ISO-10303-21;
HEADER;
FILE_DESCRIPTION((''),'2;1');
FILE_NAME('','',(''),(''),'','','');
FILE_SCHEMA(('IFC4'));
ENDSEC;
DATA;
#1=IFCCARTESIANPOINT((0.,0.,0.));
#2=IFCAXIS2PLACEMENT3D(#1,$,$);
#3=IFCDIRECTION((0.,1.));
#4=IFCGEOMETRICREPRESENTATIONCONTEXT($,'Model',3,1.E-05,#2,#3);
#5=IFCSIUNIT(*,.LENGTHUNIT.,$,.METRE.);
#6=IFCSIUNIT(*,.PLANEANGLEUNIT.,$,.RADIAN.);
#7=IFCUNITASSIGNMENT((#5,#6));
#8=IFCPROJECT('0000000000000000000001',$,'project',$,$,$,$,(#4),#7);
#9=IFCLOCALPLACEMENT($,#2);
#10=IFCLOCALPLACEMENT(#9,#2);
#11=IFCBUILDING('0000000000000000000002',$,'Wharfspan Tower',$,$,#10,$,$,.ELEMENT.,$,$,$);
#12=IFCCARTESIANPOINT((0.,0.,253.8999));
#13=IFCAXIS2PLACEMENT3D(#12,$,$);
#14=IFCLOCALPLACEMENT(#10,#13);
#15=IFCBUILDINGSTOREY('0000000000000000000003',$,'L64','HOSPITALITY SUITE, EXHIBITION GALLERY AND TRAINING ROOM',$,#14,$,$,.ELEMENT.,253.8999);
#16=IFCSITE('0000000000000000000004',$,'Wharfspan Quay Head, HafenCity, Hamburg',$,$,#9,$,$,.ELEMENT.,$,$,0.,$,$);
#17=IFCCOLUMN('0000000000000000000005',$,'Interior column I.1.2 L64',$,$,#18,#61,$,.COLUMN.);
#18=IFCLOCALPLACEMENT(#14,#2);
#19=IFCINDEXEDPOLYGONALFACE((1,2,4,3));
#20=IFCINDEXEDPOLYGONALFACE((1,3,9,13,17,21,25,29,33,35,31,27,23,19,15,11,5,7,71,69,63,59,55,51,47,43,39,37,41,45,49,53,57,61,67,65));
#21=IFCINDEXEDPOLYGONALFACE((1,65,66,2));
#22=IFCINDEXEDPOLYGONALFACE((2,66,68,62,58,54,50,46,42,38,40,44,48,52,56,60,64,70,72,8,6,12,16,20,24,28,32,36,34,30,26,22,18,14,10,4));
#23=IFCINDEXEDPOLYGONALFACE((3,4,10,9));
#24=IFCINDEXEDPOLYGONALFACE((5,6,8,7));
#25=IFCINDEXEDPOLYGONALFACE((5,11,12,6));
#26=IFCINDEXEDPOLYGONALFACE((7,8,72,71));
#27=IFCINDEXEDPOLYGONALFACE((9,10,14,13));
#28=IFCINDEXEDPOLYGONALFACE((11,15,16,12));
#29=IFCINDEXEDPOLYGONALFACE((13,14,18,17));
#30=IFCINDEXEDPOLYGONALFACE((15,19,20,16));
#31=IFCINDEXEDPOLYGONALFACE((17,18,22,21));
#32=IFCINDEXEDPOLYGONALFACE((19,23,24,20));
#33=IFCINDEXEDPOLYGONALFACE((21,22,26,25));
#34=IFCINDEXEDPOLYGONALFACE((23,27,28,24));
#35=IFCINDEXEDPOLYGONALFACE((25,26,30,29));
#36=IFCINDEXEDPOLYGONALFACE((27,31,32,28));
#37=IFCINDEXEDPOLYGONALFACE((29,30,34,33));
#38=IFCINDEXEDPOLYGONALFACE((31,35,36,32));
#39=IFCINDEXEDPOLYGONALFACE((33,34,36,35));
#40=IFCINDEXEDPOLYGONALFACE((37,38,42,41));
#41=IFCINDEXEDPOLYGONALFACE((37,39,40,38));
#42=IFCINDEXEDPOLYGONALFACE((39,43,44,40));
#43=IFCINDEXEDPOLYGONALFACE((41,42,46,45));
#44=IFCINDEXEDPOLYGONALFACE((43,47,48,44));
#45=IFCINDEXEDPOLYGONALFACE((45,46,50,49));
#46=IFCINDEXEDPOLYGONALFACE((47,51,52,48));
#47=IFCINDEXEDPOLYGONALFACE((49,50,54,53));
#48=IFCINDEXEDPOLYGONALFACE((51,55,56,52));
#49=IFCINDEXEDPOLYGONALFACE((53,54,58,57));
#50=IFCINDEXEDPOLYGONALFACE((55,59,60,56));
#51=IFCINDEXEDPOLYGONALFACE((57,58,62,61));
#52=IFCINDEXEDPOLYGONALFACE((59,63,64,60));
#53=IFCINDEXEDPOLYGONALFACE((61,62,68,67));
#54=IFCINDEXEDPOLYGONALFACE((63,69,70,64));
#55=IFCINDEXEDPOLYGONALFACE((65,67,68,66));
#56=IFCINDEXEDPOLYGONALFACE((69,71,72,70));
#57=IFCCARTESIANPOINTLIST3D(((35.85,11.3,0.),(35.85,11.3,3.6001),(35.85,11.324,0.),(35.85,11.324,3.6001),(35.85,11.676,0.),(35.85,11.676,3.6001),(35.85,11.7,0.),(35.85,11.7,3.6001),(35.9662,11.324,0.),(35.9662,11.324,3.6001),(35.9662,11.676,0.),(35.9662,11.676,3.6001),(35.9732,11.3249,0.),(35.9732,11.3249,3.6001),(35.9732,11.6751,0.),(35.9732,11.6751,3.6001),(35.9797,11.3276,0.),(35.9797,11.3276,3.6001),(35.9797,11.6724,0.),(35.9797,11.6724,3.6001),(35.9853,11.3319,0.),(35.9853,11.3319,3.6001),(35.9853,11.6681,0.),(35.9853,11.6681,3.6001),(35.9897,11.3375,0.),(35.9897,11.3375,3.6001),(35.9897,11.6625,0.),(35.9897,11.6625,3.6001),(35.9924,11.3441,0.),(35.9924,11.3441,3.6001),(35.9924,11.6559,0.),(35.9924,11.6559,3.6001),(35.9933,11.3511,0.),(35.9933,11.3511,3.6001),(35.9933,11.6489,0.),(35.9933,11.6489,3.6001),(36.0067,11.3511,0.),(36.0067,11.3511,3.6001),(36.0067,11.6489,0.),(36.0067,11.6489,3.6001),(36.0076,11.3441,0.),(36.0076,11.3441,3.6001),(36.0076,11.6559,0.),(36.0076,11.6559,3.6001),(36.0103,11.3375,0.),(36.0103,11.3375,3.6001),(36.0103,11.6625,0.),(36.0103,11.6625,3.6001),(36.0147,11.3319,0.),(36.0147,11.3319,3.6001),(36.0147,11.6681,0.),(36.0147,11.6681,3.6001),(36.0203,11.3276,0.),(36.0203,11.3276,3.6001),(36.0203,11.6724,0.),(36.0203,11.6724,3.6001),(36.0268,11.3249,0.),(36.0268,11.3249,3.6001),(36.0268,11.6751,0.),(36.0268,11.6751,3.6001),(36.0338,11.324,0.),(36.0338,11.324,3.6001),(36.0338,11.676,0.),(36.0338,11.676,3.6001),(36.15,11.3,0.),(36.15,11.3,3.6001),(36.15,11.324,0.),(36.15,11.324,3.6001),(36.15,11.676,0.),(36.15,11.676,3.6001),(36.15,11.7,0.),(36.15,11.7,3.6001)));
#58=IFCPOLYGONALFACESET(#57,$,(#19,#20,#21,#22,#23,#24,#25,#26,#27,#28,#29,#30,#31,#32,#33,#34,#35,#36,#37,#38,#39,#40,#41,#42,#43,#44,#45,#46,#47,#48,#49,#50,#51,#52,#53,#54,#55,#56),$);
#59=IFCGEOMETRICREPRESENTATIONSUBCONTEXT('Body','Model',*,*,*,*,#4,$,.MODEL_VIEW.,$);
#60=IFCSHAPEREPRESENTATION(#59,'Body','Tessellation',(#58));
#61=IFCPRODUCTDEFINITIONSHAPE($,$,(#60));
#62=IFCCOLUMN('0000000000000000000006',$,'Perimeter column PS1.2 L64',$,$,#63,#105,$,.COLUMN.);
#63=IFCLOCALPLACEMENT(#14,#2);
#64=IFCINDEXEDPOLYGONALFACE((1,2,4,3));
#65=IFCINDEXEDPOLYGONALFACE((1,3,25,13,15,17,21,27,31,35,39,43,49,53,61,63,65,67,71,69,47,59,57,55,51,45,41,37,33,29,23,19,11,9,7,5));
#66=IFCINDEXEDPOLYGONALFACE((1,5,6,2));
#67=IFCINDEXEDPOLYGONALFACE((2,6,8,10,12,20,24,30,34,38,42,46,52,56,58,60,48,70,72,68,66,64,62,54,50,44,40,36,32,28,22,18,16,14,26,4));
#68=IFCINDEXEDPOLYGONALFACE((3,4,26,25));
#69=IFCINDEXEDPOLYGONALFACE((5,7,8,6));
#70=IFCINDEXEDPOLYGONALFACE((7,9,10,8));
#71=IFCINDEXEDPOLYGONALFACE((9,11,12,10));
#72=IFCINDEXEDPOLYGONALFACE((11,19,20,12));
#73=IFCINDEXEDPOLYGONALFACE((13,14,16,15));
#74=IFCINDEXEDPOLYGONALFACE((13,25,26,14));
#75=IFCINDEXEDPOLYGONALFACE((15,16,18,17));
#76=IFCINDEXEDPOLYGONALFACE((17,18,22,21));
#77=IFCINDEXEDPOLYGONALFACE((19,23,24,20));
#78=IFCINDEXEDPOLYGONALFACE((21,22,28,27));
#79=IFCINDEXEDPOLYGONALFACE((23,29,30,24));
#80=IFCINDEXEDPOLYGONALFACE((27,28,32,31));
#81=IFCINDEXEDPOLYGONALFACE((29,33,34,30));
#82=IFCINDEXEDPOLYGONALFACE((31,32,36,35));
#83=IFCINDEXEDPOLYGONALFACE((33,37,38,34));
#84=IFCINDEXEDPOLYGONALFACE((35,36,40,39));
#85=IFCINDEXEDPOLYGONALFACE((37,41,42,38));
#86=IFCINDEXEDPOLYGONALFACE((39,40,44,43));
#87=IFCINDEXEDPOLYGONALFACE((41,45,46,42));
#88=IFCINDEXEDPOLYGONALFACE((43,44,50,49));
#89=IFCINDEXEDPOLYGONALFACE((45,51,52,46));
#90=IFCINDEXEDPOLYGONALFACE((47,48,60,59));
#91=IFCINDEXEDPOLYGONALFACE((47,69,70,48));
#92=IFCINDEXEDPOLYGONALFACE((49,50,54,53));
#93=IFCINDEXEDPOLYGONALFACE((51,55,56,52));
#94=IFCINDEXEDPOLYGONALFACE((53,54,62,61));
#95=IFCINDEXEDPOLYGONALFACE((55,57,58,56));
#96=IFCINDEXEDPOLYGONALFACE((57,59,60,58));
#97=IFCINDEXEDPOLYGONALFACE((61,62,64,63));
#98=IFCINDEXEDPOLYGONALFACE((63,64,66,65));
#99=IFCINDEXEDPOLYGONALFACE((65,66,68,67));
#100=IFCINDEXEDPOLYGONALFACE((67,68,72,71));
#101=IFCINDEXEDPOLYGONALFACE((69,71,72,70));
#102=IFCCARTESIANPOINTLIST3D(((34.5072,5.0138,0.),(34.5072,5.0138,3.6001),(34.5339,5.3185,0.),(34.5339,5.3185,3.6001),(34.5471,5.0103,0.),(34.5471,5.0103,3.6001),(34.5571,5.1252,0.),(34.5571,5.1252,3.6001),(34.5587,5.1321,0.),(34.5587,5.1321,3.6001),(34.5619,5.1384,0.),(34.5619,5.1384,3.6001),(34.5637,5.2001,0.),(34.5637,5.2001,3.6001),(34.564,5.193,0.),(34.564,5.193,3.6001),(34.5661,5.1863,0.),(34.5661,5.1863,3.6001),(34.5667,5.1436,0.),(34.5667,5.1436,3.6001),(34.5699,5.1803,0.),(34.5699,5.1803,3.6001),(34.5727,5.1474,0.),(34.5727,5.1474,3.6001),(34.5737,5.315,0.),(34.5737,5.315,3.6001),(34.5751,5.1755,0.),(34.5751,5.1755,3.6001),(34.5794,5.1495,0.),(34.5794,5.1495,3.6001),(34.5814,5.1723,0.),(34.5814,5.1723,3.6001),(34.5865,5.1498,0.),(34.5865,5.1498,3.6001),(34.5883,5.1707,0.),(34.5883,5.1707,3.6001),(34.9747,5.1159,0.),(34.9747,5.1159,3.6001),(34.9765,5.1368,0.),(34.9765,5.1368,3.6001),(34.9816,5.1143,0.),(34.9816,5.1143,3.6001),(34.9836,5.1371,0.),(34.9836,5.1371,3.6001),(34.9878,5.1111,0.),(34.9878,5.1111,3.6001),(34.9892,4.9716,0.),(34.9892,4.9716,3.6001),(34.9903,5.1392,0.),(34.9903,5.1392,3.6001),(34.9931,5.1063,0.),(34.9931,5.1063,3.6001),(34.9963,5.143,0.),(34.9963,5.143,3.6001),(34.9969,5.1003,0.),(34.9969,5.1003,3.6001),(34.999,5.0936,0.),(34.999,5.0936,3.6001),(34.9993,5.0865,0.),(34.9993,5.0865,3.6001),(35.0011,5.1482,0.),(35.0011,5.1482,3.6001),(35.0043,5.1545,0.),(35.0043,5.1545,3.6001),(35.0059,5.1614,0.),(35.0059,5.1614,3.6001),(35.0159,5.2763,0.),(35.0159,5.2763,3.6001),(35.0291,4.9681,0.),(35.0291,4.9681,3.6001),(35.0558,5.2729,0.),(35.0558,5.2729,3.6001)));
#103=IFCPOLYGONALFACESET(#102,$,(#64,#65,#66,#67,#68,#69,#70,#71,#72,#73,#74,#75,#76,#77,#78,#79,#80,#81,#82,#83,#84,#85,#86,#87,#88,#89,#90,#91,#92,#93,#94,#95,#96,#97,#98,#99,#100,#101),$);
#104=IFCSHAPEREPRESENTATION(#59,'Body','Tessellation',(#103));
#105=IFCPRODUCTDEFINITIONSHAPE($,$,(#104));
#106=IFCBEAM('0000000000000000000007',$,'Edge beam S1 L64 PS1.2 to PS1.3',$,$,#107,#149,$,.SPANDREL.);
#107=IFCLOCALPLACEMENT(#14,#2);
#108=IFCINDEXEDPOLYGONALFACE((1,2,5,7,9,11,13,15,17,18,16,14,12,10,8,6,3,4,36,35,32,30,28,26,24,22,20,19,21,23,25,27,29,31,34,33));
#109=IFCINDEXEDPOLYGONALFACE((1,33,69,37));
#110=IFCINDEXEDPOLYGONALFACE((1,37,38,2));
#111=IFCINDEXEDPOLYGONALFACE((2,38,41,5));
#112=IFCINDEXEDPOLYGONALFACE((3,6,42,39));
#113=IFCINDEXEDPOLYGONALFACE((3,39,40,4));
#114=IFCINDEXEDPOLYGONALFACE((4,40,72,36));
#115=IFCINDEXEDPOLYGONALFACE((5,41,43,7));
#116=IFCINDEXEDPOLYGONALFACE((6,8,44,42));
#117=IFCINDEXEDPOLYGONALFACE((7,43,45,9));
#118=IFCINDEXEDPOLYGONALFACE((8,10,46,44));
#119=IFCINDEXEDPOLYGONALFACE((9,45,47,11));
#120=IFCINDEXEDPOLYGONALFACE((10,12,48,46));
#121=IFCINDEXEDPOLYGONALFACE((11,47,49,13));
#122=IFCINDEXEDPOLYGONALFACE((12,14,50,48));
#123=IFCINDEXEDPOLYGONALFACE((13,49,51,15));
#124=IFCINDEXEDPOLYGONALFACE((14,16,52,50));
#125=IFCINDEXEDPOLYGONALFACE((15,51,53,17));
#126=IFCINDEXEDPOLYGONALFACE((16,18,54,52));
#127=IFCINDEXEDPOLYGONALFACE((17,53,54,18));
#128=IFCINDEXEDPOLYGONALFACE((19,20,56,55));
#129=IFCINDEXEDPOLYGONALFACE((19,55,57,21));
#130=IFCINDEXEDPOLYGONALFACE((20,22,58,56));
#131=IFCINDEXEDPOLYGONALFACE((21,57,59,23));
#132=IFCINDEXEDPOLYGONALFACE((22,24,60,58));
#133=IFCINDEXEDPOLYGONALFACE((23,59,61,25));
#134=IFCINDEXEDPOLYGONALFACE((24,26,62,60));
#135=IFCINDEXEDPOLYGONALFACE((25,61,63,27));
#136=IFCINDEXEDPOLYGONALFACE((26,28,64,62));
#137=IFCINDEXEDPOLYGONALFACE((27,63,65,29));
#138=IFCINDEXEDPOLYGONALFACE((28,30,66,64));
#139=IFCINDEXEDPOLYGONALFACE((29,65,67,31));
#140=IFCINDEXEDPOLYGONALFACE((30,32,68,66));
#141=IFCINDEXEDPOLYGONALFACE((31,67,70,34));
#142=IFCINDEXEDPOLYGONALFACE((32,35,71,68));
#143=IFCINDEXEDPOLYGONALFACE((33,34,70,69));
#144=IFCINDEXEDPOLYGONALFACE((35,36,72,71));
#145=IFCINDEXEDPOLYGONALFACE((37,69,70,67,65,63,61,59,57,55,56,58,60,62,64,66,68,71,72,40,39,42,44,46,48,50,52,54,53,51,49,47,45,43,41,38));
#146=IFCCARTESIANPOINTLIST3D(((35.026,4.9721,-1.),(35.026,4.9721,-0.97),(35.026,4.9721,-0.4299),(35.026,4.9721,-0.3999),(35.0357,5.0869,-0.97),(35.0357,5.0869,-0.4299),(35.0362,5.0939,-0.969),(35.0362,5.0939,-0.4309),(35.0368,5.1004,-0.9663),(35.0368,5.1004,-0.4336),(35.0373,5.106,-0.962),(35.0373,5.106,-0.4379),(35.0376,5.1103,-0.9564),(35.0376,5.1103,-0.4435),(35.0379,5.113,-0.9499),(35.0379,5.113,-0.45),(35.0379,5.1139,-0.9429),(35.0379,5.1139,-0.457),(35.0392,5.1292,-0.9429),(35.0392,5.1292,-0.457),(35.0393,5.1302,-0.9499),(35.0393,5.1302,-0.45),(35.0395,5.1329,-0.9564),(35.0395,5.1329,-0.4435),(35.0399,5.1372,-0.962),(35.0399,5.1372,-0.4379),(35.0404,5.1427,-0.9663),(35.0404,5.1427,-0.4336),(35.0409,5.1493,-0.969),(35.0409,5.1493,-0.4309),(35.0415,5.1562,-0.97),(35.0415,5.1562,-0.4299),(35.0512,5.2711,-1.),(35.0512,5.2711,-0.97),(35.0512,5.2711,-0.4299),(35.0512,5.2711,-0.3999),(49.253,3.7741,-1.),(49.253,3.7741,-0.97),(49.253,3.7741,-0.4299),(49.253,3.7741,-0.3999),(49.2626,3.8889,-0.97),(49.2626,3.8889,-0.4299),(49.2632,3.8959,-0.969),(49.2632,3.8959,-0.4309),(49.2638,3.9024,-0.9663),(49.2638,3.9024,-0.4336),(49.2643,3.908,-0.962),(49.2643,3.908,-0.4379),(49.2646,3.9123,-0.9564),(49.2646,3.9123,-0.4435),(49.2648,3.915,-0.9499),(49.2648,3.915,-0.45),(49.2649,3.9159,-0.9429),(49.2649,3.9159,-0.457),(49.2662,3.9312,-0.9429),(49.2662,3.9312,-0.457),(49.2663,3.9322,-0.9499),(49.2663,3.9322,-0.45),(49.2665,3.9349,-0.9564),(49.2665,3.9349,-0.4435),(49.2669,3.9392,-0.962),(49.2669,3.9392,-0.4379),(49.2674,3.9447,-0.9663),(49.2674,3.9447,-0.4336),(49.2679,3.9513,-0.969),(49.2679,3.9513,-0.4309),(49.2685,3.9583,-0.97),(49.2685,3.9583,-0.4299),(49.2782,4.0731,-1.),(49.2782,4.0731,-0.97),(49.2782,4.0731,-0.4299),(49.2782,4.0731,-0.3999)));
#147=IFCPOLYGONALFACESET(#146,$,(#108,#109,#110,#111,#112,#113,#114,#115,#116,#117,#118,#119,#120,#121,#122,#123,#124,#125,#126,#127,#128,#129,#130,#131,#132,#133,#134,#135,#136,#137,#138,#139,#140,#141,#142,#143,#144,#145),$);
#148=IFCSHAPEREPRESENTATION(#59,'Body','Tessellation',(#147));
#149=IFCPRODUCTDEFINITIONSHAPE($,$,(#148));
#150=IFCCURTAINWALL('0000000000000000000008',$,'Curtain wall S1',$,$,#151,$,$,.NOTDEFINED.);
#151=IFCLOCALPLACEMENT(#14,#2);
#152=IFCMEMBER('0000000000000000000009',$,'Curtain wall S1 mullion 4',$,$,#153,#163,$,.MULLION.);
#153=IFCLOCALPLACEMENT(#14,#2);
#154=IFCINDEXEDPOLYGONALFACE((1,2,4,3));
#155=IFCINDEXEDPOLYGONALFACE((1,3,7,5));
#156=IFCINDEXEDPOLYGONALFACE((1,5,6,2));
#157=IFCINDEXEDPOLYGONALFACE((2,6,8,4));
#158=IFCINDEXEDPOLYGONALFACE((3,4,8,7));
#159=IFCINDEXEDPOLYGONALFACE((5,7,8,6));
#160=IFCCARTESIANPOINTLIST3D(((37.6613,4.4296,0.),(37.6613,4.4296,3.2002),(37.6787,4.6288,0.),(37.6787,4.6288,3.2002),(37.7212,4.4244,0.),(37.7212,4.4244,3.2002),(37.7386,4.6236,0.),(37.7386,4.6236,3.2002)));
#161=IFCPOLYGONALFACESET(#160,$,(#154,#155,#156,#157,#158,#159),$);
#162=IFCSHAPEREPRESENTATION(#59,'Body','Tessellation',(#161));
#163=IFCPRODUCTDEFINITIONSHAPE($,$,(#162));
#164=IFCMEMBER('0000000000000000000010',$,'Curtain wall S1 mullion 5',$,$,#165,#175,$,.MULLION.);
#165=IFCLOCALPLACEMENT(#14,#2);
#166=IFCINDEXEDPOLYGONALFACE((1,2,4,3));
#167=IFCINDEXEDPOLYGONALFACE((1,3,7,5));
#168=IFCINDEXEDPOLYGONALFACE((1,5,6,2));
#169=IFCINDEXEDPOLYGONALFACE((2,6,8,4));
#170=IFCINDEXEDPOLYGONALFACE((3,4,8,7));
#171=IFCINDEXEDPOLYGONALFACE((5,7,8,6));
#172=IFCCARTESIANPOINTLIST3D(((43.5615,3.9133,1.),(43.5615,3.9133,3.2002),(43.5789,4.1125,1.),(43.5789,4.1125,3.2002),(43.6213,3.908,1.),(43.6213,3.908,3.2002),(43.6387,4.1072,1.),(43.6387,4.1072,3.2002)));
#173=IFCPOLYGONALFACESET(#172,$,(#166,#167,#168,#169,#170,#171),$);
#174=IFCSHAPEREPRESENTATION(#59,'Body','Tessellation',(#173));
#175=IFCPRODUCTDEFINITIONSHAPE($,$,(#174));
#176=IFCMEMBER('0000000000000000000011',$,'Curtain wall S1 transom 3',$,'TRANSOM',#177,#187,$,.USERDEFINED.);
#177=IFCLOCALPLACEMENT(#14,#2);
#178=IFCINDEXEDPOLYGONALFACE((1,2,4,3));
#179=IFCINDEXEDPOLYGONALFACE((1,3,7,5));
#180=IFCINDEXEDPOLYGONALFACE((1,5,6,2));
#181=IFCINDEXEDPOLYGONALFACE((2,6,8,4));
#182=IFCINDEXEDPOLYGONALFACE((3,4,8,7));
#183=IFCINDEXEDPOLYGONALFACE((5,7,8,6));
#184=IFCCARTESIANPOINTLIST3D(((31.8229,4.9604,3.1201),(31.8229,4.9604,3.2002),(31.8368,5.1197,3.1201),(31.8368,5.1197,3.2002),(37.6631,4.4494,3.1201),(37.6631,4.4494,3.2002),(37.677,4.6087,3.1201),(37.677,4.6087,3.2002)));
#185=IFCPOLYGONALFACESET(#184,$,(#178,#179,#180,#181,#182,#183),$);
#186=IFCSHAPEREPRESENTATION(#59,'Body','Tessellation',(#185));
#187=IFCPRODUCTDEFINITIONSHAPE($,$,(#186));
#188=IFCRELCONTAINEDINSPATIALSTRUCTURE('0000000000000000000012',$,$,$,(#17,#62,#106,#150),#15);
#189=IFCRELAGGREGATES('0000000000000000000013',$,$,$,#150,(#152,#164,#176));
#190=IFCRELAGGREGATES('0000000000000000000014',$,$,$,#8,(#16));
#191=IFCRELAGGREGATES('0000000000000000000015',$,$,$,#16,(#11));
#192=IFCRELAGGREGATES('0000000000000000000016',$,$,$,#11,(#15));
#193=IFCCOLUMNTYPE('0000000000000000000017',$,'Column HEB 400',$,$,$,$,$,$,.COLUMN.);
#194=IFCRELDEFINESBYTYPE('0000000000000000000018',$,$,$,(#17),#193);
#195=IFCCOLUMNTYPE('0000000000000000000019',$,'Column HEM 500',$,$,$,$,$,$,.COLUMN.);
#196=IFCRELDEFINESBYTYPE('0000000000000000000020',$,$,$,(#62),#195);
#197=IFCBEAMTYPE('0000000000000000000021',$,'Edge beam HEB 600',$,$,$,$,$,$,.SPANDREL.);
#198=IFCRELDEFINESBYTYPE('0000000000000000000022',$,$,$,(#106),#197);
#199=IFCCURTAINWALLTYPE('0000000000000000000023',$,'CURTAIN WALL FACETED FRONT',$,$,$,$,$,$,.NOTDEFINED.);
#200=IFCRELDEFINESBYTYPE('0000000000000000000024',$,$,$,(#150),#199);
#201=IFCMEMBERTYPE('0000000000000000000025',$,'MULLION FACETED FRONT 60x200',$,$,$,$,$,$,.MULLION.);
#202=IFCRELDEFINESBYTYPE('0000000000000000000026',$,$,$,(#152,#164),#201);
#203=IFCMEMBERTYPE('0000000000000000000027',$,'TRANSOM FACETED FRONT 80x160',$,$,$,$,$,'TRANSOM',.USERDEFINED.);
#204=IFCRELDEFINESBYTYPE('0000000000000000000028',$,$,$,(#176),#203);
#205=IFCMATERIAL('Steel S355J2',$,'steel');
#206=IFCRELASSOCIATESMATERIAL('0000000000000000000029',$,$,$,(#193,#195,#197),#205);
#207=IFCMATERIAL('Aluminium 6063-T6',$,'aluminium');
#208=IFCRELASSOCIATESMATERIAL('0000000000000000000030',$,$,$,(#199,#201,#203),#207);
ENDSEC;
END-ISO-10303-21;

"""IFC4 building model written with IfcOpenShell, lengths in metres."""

from ifc_helpers import new_model, si_unit, direction, frame, origin, origin_2d, place, context, subcontext, project, spatial, rectangle, i_section, extrude, material, material_profile, profile_set, type_object, element, aggregate, save


model = new_model("IFC4")

# Units and contexts
model_context = context("Model", 3, precision=1e-05, world=origin(), true_north=direction((0.0, 1.0)))
body_context = subcontext(model_context, "Body", "Model", "MODEL_VIEW")
ifc_project = project(units=[si_unit("LENGTHUNIT", "METRE"), si_unit("PLANEANGLEUNIT", "RADIAN")], contexts=[model_context])

# Site, building, storey
site_placement = place(None, origin())
site = spatial("IfcSite", under=ifc_project, at=site_placement, Name="Wharfspan Quay Head, HafenCity, Hamburg", CompositionType="ELEMENT", RefElevation=0.0)
building_placement = place(site_placement, origin())
building = spatial("IfcBuilding", under=site, at=building_placement, Name="Wharfspan Tower", CompositionType="ELEMENT")
storey_placement = place(building_placement, frame((0.0, 0.0, 253.8999)))
storey = spatial("IfcBuildingStorey", under=building, at=storey_placement, Name="L64", Description="HOSPITALITY SUITE, EXHIBITION GALLERY AND TRAINING ROOM", CompositionType="ELEMENT", Elevation=253.8999)

# Columns
ifc_material_1 = material(Name="Steel S355J2", Category="steel")
ifc_material_profile_1 = material_profile(ifc_material_1, i_section(OverallWidth=0.3, OverallDepth=0.3999, WebThickness=0.0134, FlangeThickness=0.0239, FilletRadius=0.0271, at=origin_2d()))
ifc_profile_set_1 = profile_set([ifc_material_profile_1], Name="Steel S355J2")
column_type_1 = type_object("IfcColumnType", Name="Column HEB 400", PredefinedType="COLUMN", material=ifc_profile_set_1)
column_1_placement = place(storey_placement, frame((36.0, 11.5, 0.0), z_axis=(0.0, 0.0, 1.0), x_axis=(1.0, 0.0, 0.0)))
element("IfcColumn", 1, at=column_1_placement, inside=storey, type_object=column_type_1, Name="Interior column I.1.2 L64", PredefinedType="COLUMN", context=body_context, shape_type="SweptSolid", body=[
    extrude(i_section(OverallWidth=0.3, OverallDepth=0.3999, WebThickness=0.0134, FlangeThickness=0.0239, FilletRadius=0.0271, at=origin_2d()), origin(), (0.0, 0.0, 1.0), 3.6001),
])
ifc_material_profile_2 = material_profile(ifc_material_1, i_section(OverallWidth=0.3059, OverallDepth=0.5239, WebThickness=0.021, FlangeThickness=0.04, FilletRadius=0.0271, at=origin_2d()))
ifc_profile_set_2 = profile_set([ifc_material_profile_2], Name="Steel S355J2")
column_type_2 = type_object("IfcColumnType", Name="Column HEM 500", PredefinedType="COLUMN", material=ifc_profile_set_2)
column_2_placement = place(storey_placement, frame((34.7815, 5.1433, 0.0), z_axis=(0.0, 0.0, 1.0), x_axis=(-0.087156, -0.996197, 0.0)))
element("IfcColumn", 2, at=column_2_placement, inside=storey, type_object=column_type_2, Name="Perimeter column PS1.2 L64", PredefinedType="COLUMN", context=body_context, shape_type="SweptSolid", body=[
    extrude(i_section(OverallWidth=0.3059, OverallDepth=0.5239, WebThickness=0.021, FlangeThickness=0.04, FilletRadius=0.0271, at=origin_2d()), origin(), (0.0, 0.0, 1.0), 3.6001),
])

# Beam
ifc_material_profile_3 = material_profile(ifc_material_1, i_section(OverallWidth=0.3, OverallDepth=0.6001, WebThickness=0.0154, FlangeThickness=0.03, FilletRadius=0.0271, at=origin_2d()))
ifc_profile_set_3 = profile_set([ifc_material_profile_3], Name="Steel S355J2")
beam_type = type_object("IfcBeamType", Name="Edge beam HEB 600", PredefinedType="SPANDREL", material=ifc_profile_set_3)
beam_placement = place(storey_placement, frame((35.0386, 5.1216, -0.7), z_axis=(0.996473, -0.083909, 0.0), x_axis=(0.083909, 0.996473, 0.0)))
element("IfcBeam", 3, at=beam_placement, inside=storey, type_object=beam_type, Name="Edge beam S1 L64 PS1.2 to PS1.3", PredefinedType="SPANDREL", context=body_context, shape_type="SweptSolid", body=[
    extrude(i_section(OverallWidth=0.3, OverallDepth=0.6001, WebThickness=0.0154, FlangeThickness=0.03, FilletRadius=0.0271, at=origin_2d()), origin(), (0.0, 0.0, 1.0), 14.2773),
])

# Curtain wall, members
ifc_material_2 = material(Name="Aluminium 6063-T6", Category="aluminium")
curtain_wall_type = type_object("IfcCurtainWallType", Name="CURTAIN WALL FACETED FRONT", PredefinedType="NOTDEFINED", material=ifc_material_2)
curtain_wall_placement = place(storey_placement, origin())
curtain_wall = element("IfcCurtainWall", 4, at=curtain_wall_placement, inside=storey, type_object=curtain_wall_type, Name="Curtain wall S1", PredefinedType="NOTDEFINED")
ifc_material_profile_4 = material_profile(ifc_material_2, rectangle(XDim=0.2, YDim=0.0601, at=origin_2d()))
ifc_profile_set_4 = profile_set([ifc_material_profile_4], Name="Aluminium 6063-T6")
member_type_1 = type_object("IfcMemberType", Name="MULLION FACETED FRONT 60x200", PredefinedType="MULLION", material=ifc_profile_set_4)
member_1_placement = place(storey_placement, frame((37.7, 4.5266, 0.0), z_axis=(0.0, 0.0, 1.0), x_axis=(0.087156, 0.996197, 0.0)))
member_1 = element("IfcMember", 5, at=member_1_placement, type_object=member_type_1, Name="Curtain wall S1 mullion 4", PredefinedType="MULLION", context=body_context, shape_type="SweptSolid", body=[
    extrude(rectangle(XDim=0.2, YDim=0.0601, at=origin_2d()), origin(), (0.0, 0.0, 1.0), 3.2002),
])
member_2_placement = place(storey_placement, frame((43.6001, 4.0103, 1.0), z_axis=(0.0, 0.0, 1.0), x_axis=(0.087156, 0.996197, 0.0)))
member_2 = element("IfcMember", 6, at=member_2_placement, type_object=member_type_1, Name="Curtain wall S1 mullion 5", PredefinedType="MULLION", context=body_context, shape_type="SweptSolid", body=[
    extrude(rectangle(XDim=0.2, YDim=0.0601, at=origin_2d()), origin(), (0.0, 0.0, 1.0), 2.2002),
])
ifc_material_profile_5 = material_profile(ifc_material_2, rectangle(XDim=0.1599, YDim=0.0801, at=origin_2d()))
ifc_profile_set_5 = profile_set([ifc_material_profile_5], Name="Aluminium 6063-T6")
member_type_2 = type_object("IfcMemberType", Name="TRANSOM FACETED FRONT 80x160", ElementType="TRANSOM", PredefinedType="USERDEFINED", material=ifc_profile_set_5)
member_3_placement = place(storey_placement, frame((31.8298, 5.04, 3.1602), z_axis=(0.996194, -0.08716, 0.0), x_axis=(0.08716, 0.996194, 0.0)))
member_3 = element("IfcMember", 7, at=member_3_placement, type_object=member_type_2, Name="Curtain wall S1 transom 3", ObjectType="TRANSOM", PredefinedType="USERDEFINED", context=body_context, shape_type="SweptSolid", body=[
    extrude(rectangle(XDim=0.1599, YDim=0.0801, at=origin_2d()), origin(), (0.0, 0.0, 1.0), 5.8625),
])
aggregate(curtain_wall, [member_1, member_2, member_3])

save(model, "model.ifc")
